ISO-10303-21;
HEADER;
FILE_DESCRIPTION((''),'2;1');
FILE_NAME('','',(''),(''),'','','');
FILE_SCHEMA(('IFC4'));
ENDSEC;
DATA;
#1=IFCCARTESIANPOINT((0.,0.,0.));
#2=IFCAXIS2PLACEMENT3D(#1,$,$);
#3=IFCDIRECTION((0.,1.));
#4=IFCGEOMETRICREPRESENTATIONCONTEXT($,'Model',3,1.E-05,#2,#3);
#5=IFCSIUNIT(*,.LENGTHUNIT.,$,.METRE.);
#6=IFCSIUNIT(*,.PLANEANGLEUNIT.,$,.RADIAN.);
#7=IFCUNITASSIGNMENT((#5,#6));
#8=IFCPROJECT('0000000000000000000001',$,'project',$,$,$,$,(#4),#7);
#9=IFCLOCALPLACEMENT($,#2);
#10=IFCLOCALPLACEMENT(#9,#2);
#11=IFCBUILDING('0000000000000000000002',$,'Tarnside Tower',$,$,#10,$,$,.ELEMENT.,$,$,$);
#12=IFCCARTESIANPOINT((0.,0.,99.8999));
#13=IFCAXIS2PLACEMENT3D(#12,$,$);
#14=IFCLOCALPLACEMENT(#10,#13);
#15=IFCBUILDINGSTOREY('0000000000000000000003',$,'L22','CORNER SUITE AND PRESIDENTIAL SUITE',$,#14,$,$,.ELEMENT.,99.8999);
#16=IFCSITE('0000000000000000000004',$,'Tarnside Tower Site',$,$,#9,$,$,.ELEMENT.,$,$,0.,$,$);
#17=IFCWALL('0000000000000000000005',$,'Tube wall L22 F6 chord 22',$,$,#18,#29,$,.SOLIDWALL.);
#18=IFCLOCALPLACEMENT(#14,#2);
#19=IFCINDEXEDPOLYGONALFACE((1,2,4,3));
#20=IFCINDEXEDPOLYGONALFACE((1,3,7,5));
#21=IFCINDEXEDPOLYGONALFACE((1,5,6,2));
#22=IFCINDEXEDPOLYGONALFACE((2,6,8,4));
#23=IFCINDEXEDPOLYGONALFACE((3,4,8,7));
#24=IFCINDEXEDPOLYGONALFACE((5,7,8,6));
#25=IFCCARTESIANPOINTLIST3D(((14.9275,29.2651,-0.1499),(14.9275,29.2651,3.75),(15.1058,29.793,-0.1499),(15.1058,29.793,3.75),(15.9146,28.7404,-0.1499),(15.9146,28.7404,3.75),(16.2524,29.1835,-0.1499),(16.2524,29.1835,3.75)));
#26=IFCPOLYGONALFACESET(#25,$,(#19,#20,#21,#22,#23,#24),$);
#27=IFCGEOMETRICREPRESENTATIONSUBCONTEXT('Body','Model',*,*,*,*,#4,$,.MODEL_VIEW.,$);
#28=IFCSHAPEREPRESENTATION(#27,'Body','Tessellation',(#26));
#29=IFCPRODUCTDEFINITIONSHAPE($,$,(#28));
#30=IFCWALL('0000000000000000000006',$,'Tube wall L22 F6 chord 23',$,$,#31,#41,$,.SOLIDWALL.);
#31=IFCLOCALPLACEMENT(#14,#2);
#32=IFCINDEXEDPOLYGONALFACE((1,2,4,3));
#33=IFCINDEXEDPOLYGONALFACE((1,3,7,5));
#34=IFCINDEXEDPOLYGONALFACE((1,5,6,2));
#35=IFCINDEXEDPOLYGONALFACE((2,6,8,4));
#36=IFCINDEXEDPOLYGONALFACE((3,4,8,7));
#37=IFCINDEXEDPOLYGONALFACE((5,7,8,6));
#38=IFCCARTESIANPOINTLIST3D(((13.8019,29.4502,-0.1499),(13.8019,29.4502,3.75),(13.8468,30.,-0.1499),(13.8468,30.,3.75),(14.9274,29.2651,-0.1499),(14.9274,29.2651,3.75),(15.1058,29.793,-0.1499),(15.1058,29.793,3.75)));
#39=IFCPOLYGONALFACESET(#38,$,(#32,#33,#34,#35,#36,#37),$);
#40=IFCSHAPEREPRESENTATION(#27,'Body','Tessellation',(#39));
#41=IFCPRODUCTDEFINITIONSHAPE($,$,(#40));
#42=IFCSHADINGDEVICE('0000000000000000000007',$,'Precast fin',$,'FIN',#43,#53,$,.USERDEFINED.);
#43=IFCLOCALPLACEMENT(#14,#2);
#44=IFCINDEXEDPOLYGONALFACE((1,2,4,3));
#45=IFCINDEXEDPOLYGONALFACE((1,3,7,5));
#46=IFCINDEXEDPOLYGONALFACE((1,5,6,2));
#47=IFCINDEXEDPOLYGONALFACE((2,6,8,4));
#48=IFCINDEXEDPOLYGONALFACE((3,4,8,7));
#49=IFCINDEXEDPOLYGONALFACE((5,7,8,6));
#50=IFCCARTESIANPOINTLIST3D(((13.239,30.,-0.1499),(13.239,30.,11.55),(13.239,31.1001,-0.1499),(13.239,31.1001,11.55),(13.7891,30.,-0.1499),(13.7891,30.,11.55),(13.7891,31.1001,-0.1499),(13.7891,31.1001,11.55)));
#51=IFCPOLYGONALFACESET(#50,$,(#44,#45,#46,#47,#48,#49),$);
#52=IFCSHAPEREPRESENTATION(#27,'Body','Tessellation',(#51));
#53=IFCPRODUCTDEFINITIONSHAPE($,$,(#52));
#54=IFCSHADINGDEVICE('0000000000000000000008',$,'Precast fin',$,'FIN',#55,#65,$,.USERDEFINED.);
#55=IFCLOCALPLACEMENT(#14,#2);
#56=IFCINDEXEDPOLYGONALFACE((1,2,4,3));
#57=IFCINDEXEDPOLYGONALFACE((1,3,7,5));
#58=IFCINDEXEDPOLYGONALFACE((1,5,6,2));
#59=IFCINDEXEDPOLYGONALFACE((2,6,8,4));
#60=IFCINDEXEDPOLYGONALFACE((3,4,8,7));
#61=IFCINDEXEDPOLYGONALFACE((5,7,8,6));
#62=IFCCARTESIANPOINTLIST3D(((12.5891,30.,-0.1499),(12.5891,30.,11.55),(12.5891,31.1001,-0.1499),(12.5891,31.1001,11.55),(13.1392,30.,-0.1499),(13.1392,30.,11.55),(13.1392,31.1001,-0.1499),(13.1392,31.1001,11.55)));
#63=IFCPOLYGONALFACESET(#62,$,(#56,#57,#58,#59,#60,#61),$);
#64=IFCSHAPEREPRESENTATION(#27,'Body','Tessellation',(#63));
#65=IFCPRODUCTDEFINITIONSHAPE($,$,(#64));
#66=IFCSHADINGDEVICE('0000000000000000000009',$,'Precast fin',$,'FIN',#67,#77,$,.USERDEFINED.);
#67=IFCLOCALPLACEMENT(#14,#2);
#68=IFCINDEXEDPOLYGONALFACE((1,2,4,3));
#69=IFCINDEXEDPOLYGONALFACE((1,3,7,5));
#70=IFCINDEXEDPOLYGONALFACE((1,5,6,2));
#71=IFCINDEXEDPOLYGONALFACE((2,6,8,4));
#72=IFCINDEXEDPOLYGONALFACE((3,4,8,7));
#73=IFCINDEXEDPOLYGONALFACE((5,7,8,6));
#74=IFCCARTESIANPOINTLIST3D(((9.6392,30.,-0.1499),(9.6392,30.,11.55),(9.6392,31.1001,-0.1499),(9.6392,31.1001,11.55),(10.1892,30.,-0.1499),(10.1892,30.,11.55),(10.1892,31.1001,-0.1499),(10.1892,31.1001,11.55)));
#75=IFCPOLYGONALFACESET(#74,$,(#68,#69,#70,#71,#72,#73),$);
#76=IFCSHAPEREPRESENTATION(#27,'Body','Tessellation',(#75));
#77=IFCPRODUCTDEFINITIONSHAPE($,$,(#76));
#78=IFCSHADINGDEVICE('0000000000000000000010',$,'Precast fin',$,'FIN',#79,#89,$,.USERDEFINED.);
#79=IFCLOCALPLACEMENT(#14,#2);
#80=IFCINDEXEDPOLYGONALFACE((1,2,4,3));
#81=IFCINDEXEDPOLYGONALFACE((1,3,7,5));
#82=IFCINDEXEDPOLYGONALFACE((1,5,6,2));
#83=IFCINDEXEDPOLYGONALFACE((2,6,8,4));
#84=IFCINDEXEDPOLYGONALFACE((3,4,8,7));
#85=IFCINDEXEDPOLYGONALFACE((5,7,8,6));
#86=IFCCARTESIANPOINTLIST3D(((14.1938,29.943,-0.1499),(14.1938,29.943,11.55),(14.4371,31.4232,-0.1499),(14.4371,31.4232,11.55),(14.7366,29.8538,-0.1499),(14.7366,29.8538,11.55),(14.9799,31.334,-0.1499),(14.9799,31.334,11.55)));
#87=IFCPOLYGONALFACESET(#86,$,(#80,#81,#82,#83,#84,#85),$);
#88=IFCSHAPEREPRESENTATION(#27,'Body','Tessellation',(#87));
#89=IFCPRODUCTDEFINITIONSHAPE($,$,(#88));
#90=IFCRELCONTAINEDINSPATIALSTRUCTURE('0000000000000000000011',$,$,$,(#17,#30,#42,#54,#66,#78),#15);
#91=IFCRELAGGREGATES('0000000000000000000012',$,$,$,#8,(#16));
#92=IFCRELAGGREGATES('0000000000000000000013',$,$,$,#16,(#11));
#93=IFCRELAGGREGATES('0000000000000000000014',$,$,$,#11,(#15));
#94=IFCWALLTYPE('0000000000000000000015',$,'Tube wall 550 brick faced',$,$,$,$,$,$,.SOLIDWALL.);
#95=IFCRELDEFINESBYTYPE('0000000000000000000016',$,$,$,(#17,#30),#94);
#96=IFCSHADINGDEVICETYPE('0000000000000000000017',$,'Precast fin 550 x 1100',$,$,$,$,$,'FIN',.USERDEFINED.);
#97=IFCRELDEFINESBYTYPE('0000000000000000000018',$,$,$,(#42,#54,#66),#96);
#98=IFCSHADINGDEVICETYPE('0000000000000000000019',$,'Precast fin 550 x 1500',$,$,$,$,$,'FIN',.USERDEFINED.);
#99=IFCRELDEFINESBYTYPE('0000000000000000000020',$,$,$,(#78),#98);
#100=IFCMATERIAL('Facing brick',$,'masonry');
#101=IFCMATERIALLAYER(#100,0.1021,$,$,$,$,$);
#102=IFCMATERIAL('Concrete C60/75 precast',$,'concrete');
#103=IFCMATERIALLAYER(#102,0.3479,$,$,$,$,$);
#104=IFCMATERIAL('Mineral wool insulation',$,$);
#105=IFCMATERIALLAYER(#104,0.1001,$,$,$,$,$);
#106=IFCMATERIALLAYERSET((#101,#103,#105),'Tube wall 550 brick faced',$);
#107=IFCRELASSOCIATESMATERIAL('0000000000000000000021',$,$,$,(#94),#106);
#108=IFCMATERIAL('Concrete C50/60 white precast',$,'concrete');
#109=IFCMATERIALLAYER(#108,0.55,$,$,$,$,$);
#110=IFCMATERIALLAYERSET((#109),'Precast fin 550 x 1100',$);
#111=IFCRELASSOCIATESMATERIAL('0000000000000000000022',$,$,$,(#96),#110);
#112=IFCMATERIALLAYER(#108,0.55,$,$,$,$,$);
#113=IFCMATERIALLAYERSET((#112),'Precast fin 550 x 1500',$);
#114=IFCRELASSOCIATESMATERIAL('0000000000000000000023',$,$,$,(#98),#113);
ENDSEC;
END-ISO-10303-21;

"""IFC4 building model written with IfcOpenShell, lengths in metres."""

from ifc_helpers import new_model, si_unit, direction, frame, origin, place, context, subcontext, project, spatial, polyline, outline, extrude, material, layer, layer_set, type_object, element, save


model = new_model("IFC4")

# Units and contexts
model_context = context("Model", 3, precision=1e-05, world=origin(), true_north=direction((0.0, 1.0)))
body_context = subcontext(model_context, "Body", "Model", "MODEL_VIEW")
ifc_project = project(units=[si_unit("LENGTHUNIT", "METRE"), si_unit("PLANEANGLEUNIT", "RADIAN")], contexts=[model_context])

# Site, building, storey
site_placement = place(None, origin())
site = spatial("IfcSite", under=ifc_project, at=site_placement, Name="Tarnside Tower Site", CompositionType="ELEMENT", RefElevation=0.0)
building_placement = place(site_placement, origin())
building = spatial("IfcBuilding", under=site, at=building_placement, Name="Tarnside Tower", CompositionType="ELEMENT")
storey_placement = place(building_placement, frame((0.0, 0.0, 99.8999)))
storey = spatial("IfcBuildingStorey", under=building, at=storey_placement, Name="L22", Description="CORNER SUITE AND PRESIDENTIAL SUITE", CompositionType="ELEMENT", Elevation=99.8999)

# Shared definitions
ifc_material_1 = material(Name="Facing brick", Category="masonry")
ifc_layer_1 = layer(ifc_material_1, 0.1021)
ifc_material_2 = material(Name="Concrete C60/75 precast", Category="concrete")
ifc_layer_2 = layer(ifc_material_2, 0.3479)
ifc_material_3 = material(Name="Mineral wool insulation")
ifc_layer_3 = layer(ifc_material_3, 0.1001)
ifc_layer_set_1 = layer_set([ifc_layer_1, ifc_layer_2, ifc_layer_3], Name="Tube wall 550 brick faced")
wall_type_1 = type_object("IfcWallType", Name="Tube wall 550 brick faced", PredefinedType="SOLIDWALL", material=ifc_layer_set_1)

# Walls
wall_1_placement = place(storey_placement, frame((16.0835, 28.9619, -0.1499), z_axis=(0.0, 0.0, 1.0), x_axis=(-0.882995, 0.469382, 0.0)))
element("IfcWall", 1, at=wall_1_placement, inside=storey, type_object=wall_type_1, Name="Tube wall L22 F6 chord 22", PredefinedType="SOLIDWALL", context=body_context, shape_type="SweptSolid", body=[
    extrude(outline(polyline([(-0.0452, -0.2749), (1.2534, -0.2749), (1.1631, 0.2749), (0.0452, 0.2749), (-0.0452, -0.2749)])), origin(), (0.0, 0.0, 1.0), 3.8999),
])
wall_2_placement = place(storey_placement, frame((15.0166, 29.5291, -0.1499), z_axis=(0.0, 0.0, 1.0), x_axis=(-0.986747, 0.162269, 0.0)))
element("IfcWall", 2, at=wall_2_placement, inside=storey, type_object=wall_type_1, Name="Tube wall L22 F6 chord 23", PredefinedType="SOLIDWALL", context=body_context, shape_type="SweptSolid", body=[
    extrude(outline(polyline([(-0.0452, -0.2749), (1.2307, -0.2749), (1.1858, 0.2749), (0.0452, 0.2749), (-0.0452, -0.2749)])), origin(), (0.0, 0.0, 1.0), 3.8999),
])

# Shading devices
ifc_material_4 = material(Name="Concrete C50/60 white precast", Category="concrete")
ifc_layer_4 = layer(ifc_material_4, 0.55)
ifc_layer_set_2 = layer_set([ifc_layer_4], Name="Precast fin 550 x 1100")
shading_device_type_1 = type_object("IfcShadingDeviceType", Name="Precast fin 550 x 1100", ElementType="FIN", PredefinedType="USERDEFINED", material=ifc_layer_set_2)
for number, where, z_axis, x_axis, name in (
    (3, (13.5139, 30.0, -0.1499), (1.0, 0.0, 0.0), (0.0, 1.0, 0.0), "Precast fin"),
    (4, (12.864, 30.0, -0.1499), (1.0, 0.0, 0.0), (0.0, 1.0, 0.0), "Precast fin"),
    (5, (9.9141, 30.0, -0.1499), (1.0, 0.0, 0.0), (0.0, 1.0, 0.0), "Precast fin"),
):
    element("IfcShadingDevice", number, at=place(storey_placement, frame(where, z_axis=z_axis, x_axis=x_axis)), inside=storey, type_object=shading_device_type_1, Name=name, ObjectType="FIN", PredefinedType="USERDEFINED", context=body_context, shape_type="SweptSolid", body=[
        extrude(outline(polyline([(0.0, 0.0), (1.1001, 0.0), (1.1001, 11.7), (0.0, 11.7), (0.0, 0.0)])), frame((0.0, 0.0, -0.2749)), (0.0, 0.0, 1.0), 0.55),
    ])
ifc_layer_5 = layer(ifc_material_4, 0.55)
ifc_layer_set_3 = layer_set([ifc_layer_5], Name="Precast fin 550 x 1500")
shading_device_type_2 = type_object("IfcShadingDeviceType", Name="Precast fin 550 x 1500", ElementType="FIN", PredefinedType="USERDEFINED", material=ifc_layer_set_3)
shading_device_placement = place(storey_placement, frame((14.4651, 29.8984, -0.1499), z_axis=(0.986762, -0.162178, 0.0), x_axis=(0.162178, 0.986762, 0.0)))
element("IfcShadingDevice", 6, at=shading_device_placement, inside=storey, type_object=shading_device_type_2, Name="Precast fin", ObjectType="FIN", PredefinedType="USERDEFINED", context=body_context, shape_type="SweptSolid", body=[
    extrude(outline(polyline([(0.0, 0.0), (1.5, 0.0), (1.5, 11.7), (0.0, 11.7), (0.0, 0.0)])), frame((0.0, 0.0, -0.2749)), (0.0, 0.0, 1.0), 0.55),
])

save(model, "model.ifc")
